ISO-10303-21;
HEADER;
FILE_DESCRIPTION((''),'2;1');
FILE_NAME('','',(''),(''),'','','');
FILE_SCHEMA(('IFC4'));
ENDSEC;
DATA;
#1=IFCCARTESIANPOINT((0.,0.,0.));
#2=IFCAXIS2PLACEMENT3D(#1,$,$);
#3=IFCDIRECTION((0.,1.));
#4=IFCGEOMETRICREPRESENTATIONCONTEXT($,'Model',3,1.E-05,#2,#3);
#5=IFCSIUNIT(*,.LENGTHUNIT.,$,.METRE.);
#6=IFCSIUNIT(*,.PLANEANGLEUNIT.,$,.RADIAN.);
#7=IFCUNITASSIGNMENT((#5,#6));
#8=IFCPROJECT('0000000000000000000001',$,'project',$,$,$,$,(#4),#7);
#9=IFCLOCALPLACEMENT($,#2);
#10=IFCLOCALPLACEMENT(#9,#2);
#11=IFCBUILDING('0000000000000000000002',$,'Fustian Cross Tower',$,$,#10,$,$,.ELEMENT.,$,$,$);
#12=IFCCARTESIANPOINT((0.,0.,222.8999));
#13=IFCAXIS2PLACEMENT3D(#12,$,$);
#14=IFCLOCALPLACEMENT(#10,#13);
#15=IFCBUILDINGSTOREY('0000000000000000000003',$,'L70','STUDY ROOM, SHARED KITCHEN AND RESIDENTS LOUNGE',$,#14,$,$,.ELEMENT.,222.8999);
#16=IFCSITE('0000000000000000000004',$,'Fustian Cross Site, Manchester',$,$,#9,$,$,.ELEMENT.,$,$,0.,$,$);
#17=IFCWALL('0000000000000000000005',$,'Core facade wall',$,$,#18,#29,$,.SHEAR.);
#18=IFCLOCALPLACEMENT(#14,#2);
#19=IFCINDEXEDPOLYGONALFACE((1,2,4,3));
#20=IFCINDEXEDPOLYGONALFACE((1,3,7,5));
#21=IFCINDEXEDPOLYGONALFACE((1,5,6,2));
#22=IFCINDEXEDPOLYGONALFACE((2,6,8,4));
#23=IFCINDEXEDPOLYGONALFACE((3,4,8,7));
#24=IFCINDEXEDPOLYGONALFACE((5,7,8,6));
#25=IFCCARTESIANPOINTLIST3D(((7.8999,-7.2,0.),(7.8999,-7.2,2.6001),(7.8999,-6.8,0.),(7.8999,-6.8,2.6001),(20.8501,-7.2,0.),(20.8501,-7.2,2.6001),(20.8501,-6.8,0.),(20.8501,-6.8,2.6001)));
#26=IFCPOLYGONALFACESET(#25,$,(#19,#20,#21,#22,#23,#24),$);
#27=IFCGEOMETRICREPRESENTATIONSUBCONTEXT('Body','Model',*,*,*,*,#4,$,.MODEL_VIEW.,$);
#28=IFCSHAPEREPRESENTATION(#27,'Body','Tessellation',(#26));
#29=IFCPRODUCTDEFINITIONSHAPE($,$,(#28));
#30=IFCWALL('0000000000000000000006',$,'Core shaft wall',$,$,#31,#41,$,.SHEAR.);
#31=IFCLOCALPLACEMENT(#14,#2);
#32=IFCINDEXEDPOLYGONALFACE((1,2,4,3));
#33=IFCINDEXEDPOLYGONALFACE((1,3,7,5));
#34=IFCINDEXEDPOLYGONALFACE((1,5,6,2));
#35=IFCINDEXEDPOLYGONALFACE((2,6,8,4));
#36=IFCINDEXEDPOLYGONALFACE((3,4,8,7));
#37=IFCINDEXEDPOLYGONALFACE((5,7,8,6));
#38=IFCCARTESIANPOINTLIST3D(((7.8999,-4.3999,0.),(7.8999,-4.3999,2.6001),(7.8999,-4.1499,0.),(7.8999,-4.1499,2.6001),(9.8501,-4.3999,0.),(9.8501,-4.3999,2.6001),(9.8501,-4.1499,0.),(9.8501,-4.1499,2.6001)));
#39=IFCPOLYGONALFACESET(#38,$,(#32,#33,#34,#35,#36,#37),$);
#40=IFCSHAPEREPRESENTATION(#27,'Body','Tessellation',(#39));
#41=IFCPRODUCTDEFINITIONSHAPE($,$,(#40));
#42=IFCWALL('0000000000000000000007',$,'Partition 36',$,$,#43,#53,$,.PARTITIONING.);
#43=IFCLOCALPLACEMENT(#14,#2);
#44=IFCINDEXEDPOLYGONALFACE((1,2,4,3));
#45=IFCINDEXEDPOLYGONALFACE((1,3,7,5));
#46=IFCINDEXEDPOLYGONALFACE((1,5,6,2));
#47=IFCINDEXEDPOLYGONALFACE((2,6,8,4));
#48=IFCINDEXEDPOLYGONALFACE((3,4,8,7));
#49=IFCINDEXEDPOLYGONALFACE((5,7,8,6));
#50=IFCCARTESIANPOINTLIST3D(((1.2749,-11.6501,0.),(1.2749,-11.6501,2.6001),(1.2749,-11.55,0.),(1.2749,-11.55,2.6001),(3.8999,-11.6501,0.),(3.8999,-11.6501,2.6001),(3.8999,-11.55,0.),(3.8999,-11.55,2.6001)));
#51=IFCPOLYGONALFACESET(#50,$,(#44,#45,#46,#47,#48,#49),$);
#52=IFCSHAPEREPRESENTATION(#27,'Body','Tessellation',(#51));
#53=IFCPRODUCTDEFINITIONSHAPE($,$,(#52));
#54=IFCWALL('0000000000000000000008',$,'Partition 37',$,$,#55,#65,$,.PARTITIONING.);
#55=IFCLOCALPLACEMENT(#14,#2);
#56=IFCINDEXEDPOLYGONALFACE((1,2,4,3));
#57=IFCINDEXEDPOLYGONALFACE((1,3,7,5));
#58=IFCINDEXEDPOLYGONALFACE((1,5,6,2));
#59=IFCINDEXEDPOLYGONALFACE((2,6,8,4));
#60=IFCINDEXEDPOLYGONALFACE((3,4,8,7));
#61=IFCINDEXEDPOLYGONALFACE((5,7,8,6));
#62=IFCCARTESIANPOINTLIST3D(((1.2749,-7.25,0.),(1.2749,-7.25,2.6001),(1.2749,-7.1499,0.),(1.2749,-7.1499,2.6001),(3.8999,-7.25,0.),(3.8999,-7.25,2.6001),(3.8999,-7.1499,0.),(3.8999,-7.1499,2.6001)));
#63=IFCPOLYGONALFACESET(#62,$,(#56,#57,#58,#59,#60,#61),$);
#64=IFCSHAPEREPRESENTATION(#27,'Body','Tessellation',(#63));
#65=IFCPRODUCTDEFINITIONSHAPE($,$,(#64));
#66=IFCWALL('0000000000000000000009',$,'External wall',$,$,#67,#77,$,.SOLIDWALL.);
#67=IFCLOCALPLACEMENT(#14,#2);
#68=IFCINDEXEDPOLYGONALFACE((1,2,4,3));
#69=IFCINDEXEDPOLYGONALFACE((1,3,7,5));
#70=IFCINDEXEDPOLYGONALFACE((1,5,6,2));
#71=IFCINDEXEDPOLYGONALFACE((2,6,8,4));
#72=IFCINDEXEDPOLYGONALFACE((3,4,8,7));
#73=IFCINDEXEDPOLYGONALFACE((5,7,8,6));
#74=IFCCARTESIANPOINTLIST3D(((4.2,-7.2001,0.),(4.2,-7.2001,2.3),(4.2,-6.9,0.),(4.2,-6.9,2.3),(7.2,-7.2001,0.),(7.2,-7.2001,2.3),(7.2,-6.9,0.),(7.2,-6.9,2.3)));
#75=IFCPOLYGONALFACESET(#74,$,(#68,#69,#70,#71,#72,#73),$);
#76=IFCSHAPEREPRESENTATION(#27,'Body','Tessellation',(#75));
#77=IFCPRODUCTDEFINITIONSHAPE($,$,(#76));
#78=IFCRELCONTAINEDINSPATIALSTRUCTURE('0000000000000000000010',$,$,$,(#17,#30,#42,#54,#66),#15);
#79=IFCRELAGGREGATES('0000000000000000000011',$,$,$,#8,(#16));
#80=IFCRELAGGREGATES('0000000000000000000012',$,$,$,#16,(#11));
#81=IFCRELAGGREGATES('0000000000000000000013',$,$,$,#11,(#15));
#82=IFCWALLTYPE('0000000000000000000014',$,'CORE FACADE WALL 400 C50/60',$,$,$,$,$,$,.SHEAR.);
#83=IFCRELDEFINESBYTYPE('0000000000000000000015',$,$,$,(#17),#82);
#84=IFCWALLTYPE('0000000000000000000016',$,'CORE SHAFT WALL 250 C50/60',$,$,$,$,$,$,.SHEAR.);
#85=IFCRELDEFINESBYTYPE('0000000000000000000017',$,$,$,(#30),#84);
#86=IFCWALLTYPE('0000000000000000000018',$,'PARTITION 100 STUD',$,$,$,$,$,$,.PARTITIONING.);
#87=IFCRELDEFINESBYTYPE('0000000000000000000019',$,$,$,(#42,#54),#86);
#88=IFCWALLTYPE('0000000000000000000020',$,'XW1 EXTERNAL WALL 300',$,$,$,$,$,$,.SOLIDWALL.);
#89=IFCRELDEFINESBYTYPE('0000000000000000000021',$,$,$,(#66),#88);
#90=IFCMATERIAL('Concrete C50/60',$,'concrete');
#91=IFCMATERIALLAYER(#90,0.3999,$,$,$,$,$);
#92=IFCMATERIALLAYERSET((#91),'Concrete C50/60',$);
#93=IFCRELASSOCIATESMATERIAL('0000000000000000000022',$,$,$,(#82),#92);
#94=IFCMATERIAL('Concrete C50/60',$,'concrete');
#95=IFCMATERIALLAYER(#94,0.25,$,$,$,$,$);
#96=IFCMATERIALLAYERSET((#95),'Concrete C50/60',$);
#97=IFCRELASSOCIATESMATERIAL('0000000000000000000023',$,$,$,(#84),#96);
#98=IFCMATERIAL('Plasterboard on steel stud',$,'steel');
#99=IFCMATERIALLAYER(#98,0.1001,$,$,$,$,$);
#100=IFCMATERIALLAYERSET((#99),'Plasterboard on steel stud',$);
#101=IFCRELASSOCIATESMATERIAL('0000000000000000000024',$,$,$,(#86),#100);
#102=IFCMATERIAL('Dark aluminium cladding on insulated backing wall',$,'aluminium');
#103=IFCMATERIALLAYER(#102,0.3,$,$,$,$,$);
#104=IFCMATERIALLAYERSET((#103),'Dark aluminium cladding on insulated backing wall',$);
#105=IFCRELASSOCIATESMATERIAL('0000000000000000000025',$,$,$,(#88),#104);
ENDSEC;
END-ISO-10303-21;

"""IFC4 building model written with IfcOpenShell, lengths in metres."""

from ifc_helpers import new_model, si_unit, direction, frame, frame_2d, origin, place, context, subcontext, project, spatial, rectangle, extrude, material, layer, layer_set, type_object, element, save


model = new_model("IFC4")

# Units and contexts
model_context = context("Model", 3, precision=1e-05, world=origin(), true_north=direction((0.0, 1.0)))
body_context = subcontext(model_context, "Body", "Model", "MODEL_VIEW")
ifc_project = project(units=[si_unit("LENGTHUNIT", "METRE"), si_unit("PLANEANGLEUNIT", "RADIAN")], contexts=[model_context])

# Site, building, storey
site_placement = place(None, origin())
site = spatial("IfcSite", under=ifc_project, at=site_placement, Name="Fustian Cross Site, Manchester", CompositionType="ELEMENT", RefElevation=0.0)
building_placement = place(site_placement, origin())
building = spatial("IfcBuilding", under=site, at=building_placement, Name="Fustian Cross Tower", CompositionType="ELEMENT")
storey_placement = place(building_placement, frame((0.0, 0.0, 222.8999)))
storey = spatial("IfcBuildingStorey", under=building, at=storey_placement, Name="L70", Description="STUDY ROOM, SHARED KITCHEN AND RESIDENTS LOUNGE", CompositionType="ELEMENT", Elevation=222.8999)

# Walls
ifc_material_1 = material(Name="Concrete C50/60", Category="concrete")
ifc_layer_1 = layer(ifc_material_1, 0.3999)
ifc_layer_set_1 = layer_set([ifc_layer_1], Name="Concrete C50/60")
wall_type_1 = type_object("IfcWallType", Name="CORE FACADE WALL 400 C50/60", PredefinedType="SHEAR", material=ifc_layer_set_1)
wall_1_placement = place(storey_placement, frame((7.8999, -7.0, 0.0), z_axis=(0.0, 0.0, 1.0), x_axis=(1.0, 0.0, 0.0)))
element("IfcWall", 1, at=wall_1_placement, inside=storey, type_object=wall_type_1, Name="Core facade wall", PredefinedType="SHEAR", context=body_context, shape_type="SweptSolid", body=[
    extrude(rectangle(XDim=12.9502, YDim=0.3999, at=frame_2d((6.4751, 0.0))), origin(), (0.0, 0.0, 1.0), 2.6001),
])
ifc_material_2 = material(Name="Concrete C50/60", Category="concrete")
ifc_layer_2 = layer(ifc_material_2, 0.25)
ifc_layer_set_2 = layer_set([ifc_layer_2], Name="Concrete C50/60")
wall_type_2 = type_object("IfcWallType", Name="CORE SHAFT WALL 250 C50/60", PredefinedType="SHEAR", material=ifc_layer_set_2)
wall_2_placement = place(storey_placement, frame((7.8999, -4.2749, 0.0), z_axis=(0.0, 0.0, 1.0), x_axis=(1.0, 0.0, 0.0)))
element("IfcWall", 2, at=wall_2_placement, inside=storey, type_object=wall_type_2, Name="Core shaft wall", PredefinedType="SHEAR", context=body_context, shape_type="SweptSolid", body=[
    extrude(rectangle(XDim=1.9502, YDim=0.25, at=frame_2d((0.9751, 0.0))), origin(), (0.0, 0.0, 1.0), 2.6001),
])
ifc_material_3 = material(Name="Plasterboard on steel stud", Category="steel")
ifc_layer_3 = layer(ifc_material_3, 0.1001)
ifc_layer_set_3 = layer_set([ifc_layer_3], Name="Plasterboard on steel stud")
wall_type_3 = type_object("IfcWallType", Name="PARTITION 100 STUD", PredefinedType="PARTITIONING", material=ifc_layer_set_3)
for number, where, z_axis, x_axis, name in (
    (3, (1.2749, -11.6001, 0.0), (0.0, 0.0, 1.0), (1.0, 0.0, 0.0), "Partition 36"),
    (4, (1.2749, -7.2, 0.0), (0.0, 0.0, 1.0), (1.0, 0.0, 0.0), "Partition 37"),
):
    element("IfcWall", number, at=place(storey_placement, frame(where, z_axis=z_axis, x_axis=x_axis)), inside=storey, type_object=wall_type_3, Name=name, PredefinedType="PARTITIONING", context=body_context, shape_type="SweptSolid", body=[
        extrude(rectangle(XDim=2.625, YDim=0.1001, at=frame_2d((1.3125, 0.0))), origin(), (0.0, 0.0, 1.0), 2.6001),
    ])
ifc_material_4 = material(Name="Dark aluminium cladding on insulated backing wall", Category="aluminium")
ifc_layer_4 = layer(ifc_material_4, 0.3)
ifc_layer_set_4 = layer_set([ifc_layer_4], Name="Dark aluminium cladding on insulated backing wall")
wall_type_4 = type_object("IfcWallType", Name="XW1 EXTERNAL WALL 300", PredefinedType="SOLIDWALL", material=ifc_layer_set_4)
wall_3_placement = place(storey_placement, frame((4.2, -7.05, 0.0), z_axis=(0.0, 0.0, 1.0), x_axis=(1.0, 0.0, 0.0)))
element("IfcWall", 5, at=wall_3_placement, inside=storey, type_object=wall_type_4, Name="External wall", PredefinedType="SOLIDWALL", context=body_context, shape_type="SweptSolid", body=[
    extrude(rectangle(XDim=3.0, YDim=0.3, at=frame_2d((1.5, 0.0))), origin(), (0.0, 0.0, 1.0), 2.3),
])

save(model, "model.ifc")
